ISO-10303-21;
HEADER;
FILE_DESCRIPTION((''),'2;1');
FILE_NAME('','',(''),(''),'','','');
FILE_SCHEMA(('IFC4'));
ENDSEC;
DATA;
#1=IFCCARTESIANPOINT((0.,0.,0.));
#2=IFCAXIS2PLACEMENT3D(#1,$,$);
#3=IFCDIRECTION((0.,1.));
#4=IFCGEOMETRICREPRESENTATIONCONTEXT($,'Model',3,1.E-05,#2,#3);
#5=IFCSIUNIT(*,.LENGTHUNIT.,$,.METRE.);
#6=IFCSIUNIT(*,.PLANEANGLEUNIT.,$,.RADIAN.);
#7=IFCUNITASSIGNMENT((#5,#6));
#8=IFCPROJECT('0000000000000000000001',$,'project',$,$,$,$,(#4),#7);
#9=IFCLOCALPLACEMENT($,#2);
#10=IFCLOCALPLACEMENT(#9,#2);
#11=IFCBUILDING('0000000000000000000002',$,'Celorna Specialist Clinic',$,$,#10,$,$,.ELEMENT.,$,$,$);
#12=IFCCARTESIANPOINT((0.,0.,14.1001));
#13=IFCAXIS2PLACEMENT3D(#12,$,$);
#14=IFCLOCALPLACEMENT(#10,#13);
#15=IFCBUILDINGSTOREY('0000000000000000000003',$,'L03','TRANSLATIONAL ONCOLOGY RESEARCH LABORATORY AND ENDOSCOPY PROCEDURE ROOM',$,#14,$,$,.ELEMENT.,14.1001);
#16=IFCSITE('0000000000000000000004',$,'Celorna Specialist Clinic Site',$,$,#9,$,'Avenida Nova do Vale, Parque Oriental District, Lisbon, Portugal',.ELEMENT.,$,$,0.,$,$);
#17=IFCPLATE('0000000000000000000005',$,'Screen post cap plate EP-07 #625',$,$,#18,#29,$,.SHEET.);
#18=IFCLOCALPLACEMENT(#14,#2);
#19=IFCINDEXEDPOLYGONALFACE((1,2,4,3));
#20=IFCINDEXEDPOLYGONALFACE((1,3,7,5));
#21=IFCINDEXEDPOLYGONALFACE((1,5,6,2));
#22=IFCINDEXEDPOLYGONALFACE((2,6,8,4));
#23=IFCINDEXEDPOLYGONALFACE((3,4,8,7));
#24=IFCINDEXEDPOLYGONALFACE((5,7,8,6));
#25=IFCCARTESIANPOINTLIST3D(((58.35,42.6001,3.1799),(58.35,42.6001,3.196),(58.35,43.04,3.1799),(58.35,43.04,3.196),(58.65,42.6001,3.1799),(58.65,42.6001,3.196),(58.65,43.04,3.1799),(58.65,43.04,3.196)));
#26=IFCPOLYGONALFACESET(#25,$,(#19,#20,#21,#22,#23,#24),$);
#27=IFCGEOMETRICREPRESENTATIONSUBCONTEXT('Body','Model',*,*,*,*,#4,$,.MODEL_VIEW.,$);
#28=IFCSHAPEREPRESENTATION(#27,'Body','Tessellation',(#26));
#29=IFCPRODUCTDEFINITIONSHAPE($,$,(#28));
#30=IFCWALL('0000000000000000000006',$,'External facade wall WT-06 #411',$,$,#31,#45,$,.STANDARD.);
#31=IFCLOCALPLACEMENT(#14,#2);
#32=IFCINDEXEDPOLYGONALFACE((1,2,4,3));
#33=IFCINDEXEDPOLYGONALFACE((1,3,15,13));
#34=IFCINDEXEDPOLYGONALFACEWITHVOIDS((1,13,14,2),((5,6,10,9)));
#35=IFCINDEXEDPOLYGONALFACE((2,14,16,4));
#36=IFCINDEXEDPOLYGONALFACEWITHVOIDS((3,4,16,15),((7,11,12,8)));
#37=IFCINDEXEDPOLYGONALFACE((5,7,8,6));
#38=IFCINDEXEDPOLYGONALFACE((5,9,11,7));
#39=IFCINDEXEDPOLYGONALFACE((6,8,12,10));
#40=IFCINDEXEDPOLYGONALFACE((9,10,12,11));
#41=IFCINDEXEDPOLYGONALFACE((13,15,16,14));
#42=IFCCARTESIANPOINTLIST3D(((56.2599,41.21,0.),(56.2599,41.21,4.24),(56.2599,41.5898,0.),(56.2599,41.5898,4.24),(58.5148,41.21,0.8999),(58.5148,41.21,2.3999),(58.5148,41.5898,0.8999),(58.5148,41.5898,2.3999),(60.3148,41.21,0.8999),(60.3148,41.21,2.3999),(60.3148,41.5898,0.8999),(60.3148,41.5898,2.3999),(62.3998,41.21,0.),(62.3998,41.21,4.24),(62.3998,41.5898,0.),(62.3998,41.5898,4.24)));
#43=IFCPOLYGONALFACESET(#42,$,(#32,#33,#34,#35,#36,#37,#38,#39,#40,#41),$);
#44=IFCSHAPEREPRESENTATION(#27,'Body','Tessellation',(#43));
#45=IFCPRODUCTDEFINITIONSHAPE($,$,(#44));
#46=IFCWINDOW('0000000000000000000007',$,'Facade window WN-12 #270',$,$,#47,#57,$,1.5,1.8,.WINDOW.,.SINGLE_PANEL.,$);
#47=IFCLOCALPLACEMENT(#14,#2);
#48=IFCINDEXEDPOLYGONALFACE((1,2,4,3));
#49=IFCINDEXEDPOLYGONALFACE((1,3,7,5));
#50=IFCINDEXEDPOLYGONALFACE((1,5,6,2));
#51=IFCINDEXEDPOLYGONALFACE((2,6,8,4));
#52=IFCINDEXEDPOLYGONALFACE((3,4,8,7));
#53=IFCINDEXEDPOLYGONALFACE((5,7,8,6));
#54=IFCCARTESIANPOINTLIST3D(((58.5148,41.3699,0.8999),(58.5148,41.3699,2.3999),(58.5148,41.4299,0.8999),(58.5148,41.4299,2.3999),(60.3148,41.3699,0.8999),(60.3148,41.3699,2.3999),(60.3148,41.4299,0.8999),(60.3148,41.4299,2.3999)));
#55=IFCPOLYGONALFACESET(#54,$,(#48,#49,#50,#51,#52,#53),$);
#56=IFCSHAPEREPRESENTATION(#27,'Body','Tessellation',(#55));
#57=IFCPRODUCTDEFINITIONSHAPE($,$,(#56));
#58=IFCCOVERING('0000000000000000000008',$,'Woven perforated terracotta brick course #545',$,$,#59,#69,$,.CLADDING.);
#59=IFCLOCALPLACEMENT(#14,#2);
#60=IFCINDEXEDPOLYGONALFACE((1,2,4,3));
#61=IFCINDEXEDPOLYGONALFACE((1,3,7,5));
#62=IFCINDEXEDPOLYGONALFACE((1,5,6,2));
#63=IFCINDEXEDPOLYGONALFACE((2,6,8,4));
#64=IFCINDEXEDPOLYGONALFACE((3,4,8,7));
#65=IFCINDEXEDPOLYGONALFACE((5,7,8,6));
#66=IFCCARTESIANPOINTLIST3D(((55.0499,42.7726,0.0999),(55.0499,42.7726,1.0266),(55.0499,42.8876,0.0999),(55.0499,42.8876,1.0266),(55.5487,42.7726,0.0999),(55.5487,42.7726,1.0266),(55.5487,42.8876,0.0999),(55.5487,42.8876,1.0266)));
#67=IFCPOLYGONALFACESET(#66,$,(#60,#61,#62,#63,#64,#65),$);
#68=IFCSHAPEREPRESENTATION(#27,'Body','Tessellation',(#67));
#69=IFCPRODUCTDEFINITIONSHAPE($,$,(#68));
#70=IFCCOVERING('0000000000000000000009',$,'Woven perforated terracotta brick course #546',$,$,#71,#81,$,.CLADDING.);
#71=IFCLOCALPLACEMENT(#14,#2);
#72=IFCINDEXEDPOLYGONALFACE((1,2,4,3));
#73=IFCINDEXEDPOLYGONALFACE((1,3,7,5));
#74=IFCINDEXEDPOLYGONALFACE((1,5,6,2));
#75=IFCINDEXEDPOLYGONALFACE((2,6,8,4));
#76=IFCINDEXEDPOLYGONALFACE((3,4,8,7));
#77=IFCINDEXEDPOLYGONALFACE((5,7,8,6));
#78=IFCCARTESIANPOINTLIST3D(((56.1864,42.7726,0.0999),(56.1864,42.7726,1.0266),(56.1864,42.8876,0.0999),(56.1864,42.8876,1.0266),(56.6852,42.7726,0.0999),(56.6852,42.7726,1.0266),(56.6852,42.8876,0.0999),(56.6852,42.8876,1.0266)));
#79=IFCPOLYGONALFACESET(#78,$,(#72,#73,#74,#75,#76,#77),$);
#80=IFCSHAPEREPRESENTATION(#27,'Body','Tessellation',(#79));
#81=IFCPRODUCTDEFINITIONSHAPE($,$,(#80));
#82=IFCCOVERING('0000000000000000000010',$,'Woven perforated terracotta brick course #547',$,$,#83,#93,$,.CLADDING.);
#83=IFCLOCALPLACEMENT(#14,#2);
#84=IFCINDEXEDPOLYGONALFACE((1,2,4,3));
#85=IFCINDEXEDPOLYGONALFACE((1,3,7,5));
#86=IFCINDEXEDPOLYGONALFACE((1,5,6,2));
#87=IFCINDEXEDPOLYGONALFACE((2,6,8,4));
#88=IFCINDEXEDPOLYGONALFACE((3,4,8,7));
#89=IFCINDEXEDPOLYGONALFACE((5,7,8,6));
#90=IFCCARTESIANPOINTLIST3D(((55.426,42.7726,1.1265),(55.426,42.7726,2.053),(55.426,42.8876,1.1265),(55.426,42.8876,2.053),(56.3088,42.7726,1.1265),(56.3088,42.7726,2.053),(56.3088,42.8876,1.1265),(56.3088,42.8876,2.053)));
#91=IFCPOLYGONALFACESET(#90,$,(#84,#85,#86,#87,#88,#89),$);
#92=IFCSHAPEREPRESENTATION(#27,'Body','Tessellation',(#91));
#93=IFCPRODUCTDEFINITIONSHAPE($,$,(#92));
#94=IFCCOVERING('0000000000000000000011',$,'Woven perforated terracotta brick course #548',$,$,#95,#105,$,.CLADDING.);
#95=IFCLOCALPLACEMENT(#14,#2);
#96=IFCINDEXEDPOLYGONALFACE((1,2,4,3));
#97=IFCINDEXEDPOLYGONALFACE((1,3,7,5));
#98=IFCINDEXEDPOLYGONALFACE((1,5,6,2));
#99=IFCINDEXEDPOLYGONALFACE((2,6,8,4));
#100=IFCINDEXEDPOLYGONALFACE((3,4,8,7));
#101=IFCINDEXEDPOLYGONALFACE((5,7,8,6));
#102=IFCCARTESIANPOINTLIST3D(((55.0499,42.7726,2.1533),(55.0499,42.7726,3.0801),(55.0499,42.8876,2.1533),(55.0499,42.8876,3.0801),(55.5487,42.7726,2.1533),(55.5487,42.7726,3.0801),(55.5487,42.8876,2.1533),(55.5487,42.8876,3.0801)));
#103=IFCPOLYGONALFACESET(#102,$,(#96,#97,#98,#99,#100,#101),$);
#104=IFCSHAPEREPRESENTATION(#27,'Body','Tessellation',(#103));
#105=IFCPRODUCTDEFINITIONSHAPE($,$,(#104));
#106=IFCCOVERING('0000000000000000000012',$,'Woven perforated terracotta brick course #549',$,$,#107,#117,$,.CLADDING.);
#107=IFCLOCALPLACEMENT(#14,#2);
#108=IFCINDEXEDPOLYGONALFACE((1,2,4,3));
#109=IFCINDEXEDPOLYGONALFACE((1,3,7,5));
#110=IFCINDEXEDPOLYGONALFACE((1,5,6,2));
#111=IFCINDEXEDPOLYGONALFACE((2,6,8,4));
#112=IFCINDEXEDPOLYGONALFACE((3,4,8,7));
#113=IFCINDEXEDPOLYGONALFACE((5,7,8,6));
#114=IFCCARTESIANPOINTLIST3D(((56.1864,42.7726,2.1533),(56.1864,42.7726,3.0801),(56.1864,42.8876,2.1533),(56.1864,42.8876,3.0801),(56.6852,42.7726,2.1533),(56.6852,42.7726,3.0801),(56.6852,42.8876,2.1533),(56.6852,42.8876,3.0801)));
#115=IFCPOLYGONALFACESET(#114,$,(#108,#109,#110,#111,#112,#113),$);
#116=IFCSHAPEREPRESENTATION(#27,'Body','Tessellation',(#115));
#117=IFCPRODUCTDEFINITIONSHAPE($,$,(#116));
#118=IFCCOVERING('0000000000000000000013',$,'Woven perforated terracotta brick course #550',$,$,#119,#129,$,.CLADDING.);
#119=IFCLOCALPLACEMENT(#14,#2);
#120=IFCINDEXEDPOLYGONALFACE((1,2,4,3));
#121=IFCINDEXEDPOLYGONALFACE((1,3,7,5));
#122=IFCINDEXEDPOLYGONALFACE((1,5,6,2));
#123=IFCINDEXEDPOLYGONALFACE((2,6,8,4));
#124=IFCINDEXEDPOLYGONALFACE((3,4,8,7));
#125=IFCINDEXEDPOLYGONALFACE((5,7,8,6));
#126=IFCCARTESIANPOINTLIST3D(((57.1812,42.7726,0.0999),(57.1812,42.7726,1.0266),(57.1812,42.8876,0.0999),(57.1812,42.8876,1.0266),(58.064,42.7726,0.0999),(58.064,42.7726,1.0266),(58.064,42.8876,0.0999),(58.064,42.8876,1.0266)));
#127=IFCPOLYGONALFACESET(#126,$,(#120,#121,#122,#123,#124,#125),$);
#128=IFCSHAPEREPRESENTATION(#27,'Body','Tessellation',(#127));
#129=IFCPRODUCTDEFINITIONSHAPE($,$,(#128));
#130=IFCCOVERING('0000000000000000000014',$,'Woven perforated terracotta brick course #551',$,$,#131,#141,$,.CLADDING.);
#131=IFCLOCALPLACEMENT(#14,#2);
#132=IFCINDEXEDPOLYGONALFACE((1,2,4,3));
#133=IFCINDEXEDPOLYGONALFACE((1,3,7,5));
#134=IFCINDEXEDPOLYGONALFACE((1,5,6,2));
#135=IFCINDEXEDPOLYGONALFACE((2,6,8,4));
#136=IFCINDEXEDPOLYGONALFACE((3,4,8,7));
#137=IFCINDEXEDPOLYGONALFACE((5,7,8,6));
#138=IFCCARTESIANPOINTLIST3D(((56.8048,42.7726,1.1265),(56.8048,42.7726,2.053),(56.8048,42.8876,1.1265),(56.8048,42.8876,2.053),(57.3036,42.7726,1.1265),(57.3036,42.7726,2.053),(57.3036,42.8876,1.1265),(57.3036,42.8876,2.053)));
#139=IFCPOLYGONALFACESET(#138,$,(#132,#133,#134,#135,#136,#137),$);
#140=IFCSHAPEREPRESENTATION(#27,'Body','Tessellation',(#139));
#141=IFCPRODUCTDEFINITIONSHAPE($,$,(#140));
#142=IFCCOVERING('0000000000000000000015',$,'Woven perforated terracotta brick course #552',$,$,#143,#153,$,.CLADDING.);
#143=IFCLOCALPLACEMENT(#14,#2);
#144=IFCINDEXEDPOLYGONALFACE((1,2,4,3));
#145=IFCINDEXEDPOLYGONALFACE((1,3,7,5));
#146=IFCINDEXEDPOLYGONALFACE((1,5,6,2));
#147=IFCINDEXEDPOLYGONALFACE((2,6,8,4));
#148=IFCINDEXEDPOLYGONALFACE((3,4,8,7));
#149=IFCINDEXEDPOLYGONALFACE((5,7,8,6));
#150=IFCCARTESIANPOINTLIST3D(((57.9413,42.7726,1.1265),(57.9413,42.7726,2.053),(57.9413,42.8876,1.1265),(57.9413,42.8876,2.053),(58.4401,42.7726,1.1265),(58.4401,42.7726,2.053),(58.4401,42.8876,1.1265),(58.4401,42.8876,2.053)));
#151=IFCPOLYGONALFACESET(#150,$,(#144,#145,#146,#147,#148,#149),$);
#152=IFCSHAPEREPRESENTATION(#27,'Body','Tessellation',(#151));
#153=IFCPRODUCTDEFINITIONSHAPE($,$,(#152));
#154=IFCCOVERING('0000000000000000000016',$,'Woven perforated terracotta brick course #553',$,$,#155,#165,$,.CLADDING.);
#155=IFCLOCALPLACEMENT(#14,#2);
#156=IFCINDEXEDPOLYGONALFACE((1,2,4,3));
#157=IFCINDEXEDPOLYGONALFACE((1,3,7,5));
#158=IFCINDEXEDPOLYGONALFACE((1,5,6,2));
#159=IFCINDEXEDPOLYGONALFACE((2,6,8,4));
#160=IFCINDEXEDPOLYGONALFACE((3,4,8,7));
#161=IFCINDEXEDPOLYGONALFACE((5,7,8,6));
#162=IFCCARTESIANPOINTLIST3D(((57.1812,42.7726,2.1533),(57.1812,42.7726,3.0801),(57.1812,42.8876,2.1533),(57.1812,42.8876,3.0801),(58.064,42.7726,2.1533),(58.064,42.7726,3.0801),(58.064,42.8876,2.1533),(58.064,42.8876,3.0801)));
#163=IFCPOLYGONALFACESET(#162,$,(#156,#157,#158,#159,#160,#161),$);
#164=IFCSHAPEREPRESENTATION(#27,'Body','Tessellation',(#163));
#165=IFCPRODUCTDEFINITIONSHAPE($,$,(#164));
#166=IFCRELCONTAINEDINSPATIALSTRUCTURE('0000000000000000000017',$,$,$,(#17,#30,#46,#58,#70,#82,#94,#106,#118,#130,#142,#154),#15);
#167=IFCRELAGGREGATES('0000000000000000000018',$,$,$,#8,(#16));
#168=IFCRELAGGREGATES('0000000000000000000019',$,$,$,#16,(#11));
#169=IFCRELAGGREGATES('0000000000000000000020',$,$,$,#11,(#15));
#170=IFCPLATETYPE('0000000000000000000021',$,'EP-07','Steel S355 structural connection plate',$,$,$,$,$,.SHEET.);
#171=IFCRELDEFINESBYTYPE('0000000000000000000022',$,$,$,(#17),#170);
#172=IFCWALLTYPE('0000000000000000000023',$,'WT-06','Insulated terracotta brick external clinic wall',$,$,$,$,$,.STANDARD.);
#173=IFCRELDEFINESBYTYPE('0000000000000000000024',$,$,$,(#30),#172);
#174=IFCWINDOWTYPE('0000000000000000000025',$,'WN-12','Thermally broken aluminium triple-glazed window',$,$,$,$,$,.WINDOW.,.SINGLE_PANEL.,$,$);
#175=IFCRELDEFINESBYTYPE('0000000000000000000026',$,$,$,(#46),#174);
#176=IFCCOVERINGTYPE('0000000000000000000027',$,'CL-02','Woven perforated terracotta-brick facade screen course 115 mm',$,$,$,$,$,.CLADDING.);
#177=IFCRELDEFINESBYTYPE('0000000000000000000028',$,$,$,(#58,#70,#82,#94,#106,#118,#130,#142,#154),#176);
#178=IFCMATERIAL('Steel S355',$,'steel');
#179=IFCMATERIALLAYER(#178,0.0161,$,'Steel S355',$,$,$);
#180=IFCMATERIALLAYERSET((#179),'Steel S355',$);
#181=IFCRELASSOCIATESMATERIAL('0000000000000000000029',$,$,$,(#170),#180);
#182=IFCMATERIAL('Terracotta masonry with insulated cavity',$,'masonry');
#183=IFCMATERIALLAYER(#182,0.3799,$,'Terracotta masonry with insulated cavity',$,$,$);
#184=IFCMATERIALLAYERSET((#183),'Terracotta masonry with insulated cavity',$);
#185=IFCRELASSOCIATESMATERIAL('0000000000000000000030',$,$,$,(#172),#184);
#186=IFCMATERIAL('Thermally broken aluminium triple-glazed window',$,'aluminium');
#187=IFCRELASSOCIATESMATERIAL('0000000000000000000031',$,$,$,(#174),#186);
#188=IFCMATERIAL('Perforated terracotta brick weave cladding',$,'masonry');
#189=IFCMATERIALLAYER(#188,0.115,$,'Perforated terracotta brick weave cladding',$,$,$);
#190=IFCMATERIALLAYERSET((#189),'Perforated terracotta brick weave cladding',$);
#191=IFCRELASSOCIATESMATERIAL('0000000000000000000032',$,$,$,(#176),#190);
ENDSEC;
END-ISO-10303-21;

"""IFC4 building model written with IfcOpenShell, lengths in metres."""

from ifc_helpers import new_model, si_unit, direction, frame, frame_2d, origin, origin_2d, place, context, subcontext, project, spatial, rectangle, extrude, material, layer, layer_set, type_object, element, fill, save


model = new_model("IFC4")

# Units and contexts
model_context = context("Model", 3, precision=1e-05, world=origin(), true_north=direction((0.0, 1.0)))
body_context = subcontext(model_context, "Body", "Model", "MODEL_VIEW")
ifc_project = project(units=[si_unit("LENGTHUNIT", "METRE"), si_unit("PLANEANGLEUNIT", "RADIAN")], contexts=[model_context])

# Site, building, storey
site_placement = place(None, origin())
site = spatial("IfcSite", under=ifc_project, at=site_placement, Name="Celorna Specialist Clinic Site", LongName="Avenida Nova do Vale, Parque Oriental District, Lisbon, Portugal", CompositionType="ELEMENT", RefElevation=0.0)
building_placement = place(site_placement, origin())
building = spatial("IfcBuilding", under=site, at=building_placement, Name="Celorna Specialist Clinic", CompositionType="ELEMENT")
storey_placement = place(building_placement, frame((0.0, 0.0, 14.1001)))
storey = spatial("IfcBuildingStorey", under=building, at=storey_placement, Name="L03", Description="TRANSLATIONAL ONCOLOGY RESEARCH LABORATORY AND ENDOSCOPY PROCEDURE ROOM", CompositionType="ELEMENT", Elevation=14.1001)

# Shared definitions
ifc_material_1 = material(Name="Steel S355", Category="steel")

# Plate
ifc_layer_1 = layer(ifc_material_1, 0.0161, Name="Steel S355")
ifc_layer_set_1 = layer_set([ifc_layer_1], Name="Steel S355")
plate_type_1 = type_object("IfcPlateType", Name="EP-07", Description="Steel S355 structural connection plate", PredefinedType="SHEET", material=ifc_layer_set_1)
plate_1_placement = place(storey_placement, frame((58.5, 42.8201, 3.1799), z_axis=(0.0, 0.0, 1.0), x_axis=(1.0, 0.0, 0.0)))
element("IfcPlate", 1, at=plate_1_placement, inside=storey, type_object=plate_type_1, Name="Screen post cap plate EP-07 #625", PredefinedType="SHEET", context=body_context, shape_type="SweptSolid", body=[
    extrude(rectangle(XDim=0.3, YDim=0.4399, at=origin_2d()), origin(), (0.0, 0.0, 1.0), 0.0161),
])

# Wall, opening, window
ifc_material_2 = material(Name="Terracotta masonry with insulated cavity", Category="masonry")
ifc_layer_2 = layer(ifc_material_2, 0.3799, Name="Terracotta masonry with insulated cavity")
ifc_layer_set_2 = layer_set([ifc_layer_2], Name="Terracotta masonry with insulated cavity")
wall_type = type_object("IfcWallType", Name="WT-06", Description="Insulated terracotta brick external clinic wall", PredefinedType="STANDARD", material=ifc_layer_set_2)
wall_placement = place(storey_placement, frame((56.26, 41.3999, 0.0), z_axis=(0.0, 0.0, 1.0), x_axis=(1.0, 0.0, 0.0)))
wall = element("IfcWall", 2, at=wall_placement, inside=storey, type_object=wall_type, Name="External facade wall WT-06 #411", PredefinedType="STANDARD", context=body_context, shape_type="SweptSolid", body=[
    extrude(rectangle(XDim=6.1399, YDim=0.3799, at=frame_2d((3.0698, 0.0))), origin(), (0.0, 0.0, 1.0), 4.24),
])
opening_placement = place(wall_placement, frame((2.2549, 0.0, 0.8999)))
opening = element("IfcOpeningElement", 3, at=opening_placement, cuts=wall, PredefinedType="OPENING", context=body_context, shape_type="SweptSolid", body=[
    extrude(rectangle(XDim=1.8, YDim=1.5, at=frame_2d((0.8999, 0.75))), frame((0.0, 0.2, 0.0), z_axis=(0.0, -1.0, 0.0), x_axis=(1.0, 0.0, 0.0)), (0.0, 0.0, 1.0), 0.3999),
])
ifc_material_3 = material(Name="Thermally broken aluminium triple-glazed window", Category="aluminium")
window_type = type_object("IfcWindowType", Name="WN-12", Description="Thermally broken aluminium triple-glazed window", PartitioningType="SINGLE_PANEL", PredefinedType="WINDOW", material=ifc_material_3)
window_placement = place(opening_placement, origin())
window = element("IfcWindow", 4, at=window_placement, inside=storey, type_object=window_type, Name="Facade window WN-12 #270", OverallHeight=1.5, OverallWidth=1.8, PartitioningType="SINGLE_PANEL", PredefinedType="WINDOW", context=body_context, shape_type="SweptSolid", body=[
    extrude(rectangle(XDim=1.8, YDim=1.5, at=frame_2d((0.8999, 0.75))), frame((0.0, 0.03, 0.0), z_axis=(0.0, -1.0, 0.0), x_axis=(1.0, 0.0, 0.0)), (0.0, 0.0, 1.0), 0.0601),
])
fill(opening, window)

# Coverings
ifc_material_4 = material(Name="Perforated terracotta brick weave cladding", Category="masonry")
ifc_layer_3 = layer(ifc_material_4, 0.115, Name="Perforated terracotta brick weave cladding")
ifc_layer_set_3 = layer_set([ifc_layer_3], Name="Perforated terracotta brick weave cladding")
covering_type = type_object("IfcCoveringType", Name="CL-02", Description="Woven perforated terracotta-brick facade screen course 115 mm", PredefinedType="CLADDING", material=ifc_layer_set_3)
for number, where, z_axis, x_axis, name in (
    (5, (55.2993, 42.8301, 0.0999), (0.0, 0.0, 1.0), (1.0, 0.0, 0.0), "Woven perforated terracotta brick course #545"),
    (6, (56.4358, 42.8301, 0.0999), (0.0, 0.0, 1.0), (1.0, 0.0, 0.0), "Woven perforated terracotta brick course #546"),
):
    element("IfcCovering", number, at=place(storey_placement, frame(where, z_axis=z_axis, x_axis=x_axis)), inside=storey, type_object=covering_type, Name=name, PredefinedType="CLADDING", context=body_context, shape_type="SweptSolid", body=[
        extrude(rectangle(XDim=0.4988, YDim=0.115, at=origin_2d()), origin(), (0.0, 0.0, 1.0), 0.9268),
    ])
covering_1_placement = place(storey_placement, frame((55.8674, 42.8301, 1.1265), z_axis=(0.0, 0.0, 1.0), x_axis=(1.0, 0.0, 0.0)))
element("IfcCovering", 7, at=covering_1_placement, inside=storey, type_object=covering_type, Name="Woven perforated terracotta brick course #547", PredefinedType="CLADDING", context=body_context, shape_type="SweptSolid", body=[
    extrude(rectangle(XDim=0.8828, YDim=0.115, at=origin_2d()), origin(), (0.0, 0.0, 1.0), 0.9265),
])
for number, where, z_axis, x_axis, name in (
    (8, (55.2993, 42.8301, 2.1533), (0.0, 0.0, 1.0), (1.0, 0.0, 0.0), "Woven perforated terracotta brick course #548"),
    (9, (56.4358, 42.8301, 2.1533), (0.0, 0.0, 1.0), (1.0, 0.0, 0.0), "Woven perforated terracotta brick course #549"),
):
    element("IfcCovering", number, at=place(storey_placement, frame(where, z_axis=z_axis, x_axis=x_axis)), inside=storey, type_object=covering_type, Name=name, PredefinedType="CLADDING", context=body_context, shape_type="SweptSolid", body=[
        extrude(rectangle(XDim=0.4988, YDim=0.115, at=origin_2d()), origin(), (0.0, 0.0, 1.0), 0.9268),
    ])
covering_2_placement = place(storey_placement, frame((57.6226, 42.8301, 0.0999), z_axis=(0.0, 0.0, 1.0), x_axis=(1.0, 0.0, 0.0)))
element("IfcCovering", 10, at=covering_2_placement, inside=storey, type_object=covering_type, Name="Woven perforated terracotta brick course #550", PredefinedType="CLADDING", context=body_context, shape_type="SweptSolid", body=[
    extrude(rectangle(XDim=0.8828, YDim=0.115, at=origin_2d()), origin(), (0.0, 0.0, 1.0), 0.9268),
])
for number, where, z_axis, x_axis, name in (
    (11, (57.0542, 42.8301, 1.1265), (0.0, 0.0, 1.0), (1.0, 0.0, 0.0), "Woven perforated terracotta brick course #551"),
    (12, (58.1907, 42.8301, 1.1265), (0.0, 0.0, 1.0), (1.0, 0.0, 0.0), "Woven perforated terracotta brick course #552"),
):
    element("IfcCovering", number, at=place(storey_placement, frame(where, z_axis=z_axis, x_axis=x_axis)), inside=storey, type_object=covering_type, Name=name, PredefinedType="CLADDING", context=body_context, shape_type="SweptSolid", body=[
        extrude(rectangle(XDim=0.4988, YDim=0.115, at=origin_2d()), origin(), (0.0, 0.0, 1.0), 0.9265),
    ])
covering_3_placement = place(storey_placement, frame((57.6226, 42.8301, 2.1533), z_axis=(0.0, 0.0, 1.0), x_axis=(1.0, 0.0, 0.0)))
element("IfcCovering", 13, at=covering_3_placement, inside=storey, type_object=covering_type, Name="Woven perforated terracotta brick course #553", PredefinedType="CLADDING", context=body_context, shape_type="SweptSolid", body=[
    extrude(rectangle(XDim=0.8828, YDim=0.115, at=origin_2d()), origin(), (0.0, 0.0, 1.0), 0.9268),
])

save(model, "model.ifc")
